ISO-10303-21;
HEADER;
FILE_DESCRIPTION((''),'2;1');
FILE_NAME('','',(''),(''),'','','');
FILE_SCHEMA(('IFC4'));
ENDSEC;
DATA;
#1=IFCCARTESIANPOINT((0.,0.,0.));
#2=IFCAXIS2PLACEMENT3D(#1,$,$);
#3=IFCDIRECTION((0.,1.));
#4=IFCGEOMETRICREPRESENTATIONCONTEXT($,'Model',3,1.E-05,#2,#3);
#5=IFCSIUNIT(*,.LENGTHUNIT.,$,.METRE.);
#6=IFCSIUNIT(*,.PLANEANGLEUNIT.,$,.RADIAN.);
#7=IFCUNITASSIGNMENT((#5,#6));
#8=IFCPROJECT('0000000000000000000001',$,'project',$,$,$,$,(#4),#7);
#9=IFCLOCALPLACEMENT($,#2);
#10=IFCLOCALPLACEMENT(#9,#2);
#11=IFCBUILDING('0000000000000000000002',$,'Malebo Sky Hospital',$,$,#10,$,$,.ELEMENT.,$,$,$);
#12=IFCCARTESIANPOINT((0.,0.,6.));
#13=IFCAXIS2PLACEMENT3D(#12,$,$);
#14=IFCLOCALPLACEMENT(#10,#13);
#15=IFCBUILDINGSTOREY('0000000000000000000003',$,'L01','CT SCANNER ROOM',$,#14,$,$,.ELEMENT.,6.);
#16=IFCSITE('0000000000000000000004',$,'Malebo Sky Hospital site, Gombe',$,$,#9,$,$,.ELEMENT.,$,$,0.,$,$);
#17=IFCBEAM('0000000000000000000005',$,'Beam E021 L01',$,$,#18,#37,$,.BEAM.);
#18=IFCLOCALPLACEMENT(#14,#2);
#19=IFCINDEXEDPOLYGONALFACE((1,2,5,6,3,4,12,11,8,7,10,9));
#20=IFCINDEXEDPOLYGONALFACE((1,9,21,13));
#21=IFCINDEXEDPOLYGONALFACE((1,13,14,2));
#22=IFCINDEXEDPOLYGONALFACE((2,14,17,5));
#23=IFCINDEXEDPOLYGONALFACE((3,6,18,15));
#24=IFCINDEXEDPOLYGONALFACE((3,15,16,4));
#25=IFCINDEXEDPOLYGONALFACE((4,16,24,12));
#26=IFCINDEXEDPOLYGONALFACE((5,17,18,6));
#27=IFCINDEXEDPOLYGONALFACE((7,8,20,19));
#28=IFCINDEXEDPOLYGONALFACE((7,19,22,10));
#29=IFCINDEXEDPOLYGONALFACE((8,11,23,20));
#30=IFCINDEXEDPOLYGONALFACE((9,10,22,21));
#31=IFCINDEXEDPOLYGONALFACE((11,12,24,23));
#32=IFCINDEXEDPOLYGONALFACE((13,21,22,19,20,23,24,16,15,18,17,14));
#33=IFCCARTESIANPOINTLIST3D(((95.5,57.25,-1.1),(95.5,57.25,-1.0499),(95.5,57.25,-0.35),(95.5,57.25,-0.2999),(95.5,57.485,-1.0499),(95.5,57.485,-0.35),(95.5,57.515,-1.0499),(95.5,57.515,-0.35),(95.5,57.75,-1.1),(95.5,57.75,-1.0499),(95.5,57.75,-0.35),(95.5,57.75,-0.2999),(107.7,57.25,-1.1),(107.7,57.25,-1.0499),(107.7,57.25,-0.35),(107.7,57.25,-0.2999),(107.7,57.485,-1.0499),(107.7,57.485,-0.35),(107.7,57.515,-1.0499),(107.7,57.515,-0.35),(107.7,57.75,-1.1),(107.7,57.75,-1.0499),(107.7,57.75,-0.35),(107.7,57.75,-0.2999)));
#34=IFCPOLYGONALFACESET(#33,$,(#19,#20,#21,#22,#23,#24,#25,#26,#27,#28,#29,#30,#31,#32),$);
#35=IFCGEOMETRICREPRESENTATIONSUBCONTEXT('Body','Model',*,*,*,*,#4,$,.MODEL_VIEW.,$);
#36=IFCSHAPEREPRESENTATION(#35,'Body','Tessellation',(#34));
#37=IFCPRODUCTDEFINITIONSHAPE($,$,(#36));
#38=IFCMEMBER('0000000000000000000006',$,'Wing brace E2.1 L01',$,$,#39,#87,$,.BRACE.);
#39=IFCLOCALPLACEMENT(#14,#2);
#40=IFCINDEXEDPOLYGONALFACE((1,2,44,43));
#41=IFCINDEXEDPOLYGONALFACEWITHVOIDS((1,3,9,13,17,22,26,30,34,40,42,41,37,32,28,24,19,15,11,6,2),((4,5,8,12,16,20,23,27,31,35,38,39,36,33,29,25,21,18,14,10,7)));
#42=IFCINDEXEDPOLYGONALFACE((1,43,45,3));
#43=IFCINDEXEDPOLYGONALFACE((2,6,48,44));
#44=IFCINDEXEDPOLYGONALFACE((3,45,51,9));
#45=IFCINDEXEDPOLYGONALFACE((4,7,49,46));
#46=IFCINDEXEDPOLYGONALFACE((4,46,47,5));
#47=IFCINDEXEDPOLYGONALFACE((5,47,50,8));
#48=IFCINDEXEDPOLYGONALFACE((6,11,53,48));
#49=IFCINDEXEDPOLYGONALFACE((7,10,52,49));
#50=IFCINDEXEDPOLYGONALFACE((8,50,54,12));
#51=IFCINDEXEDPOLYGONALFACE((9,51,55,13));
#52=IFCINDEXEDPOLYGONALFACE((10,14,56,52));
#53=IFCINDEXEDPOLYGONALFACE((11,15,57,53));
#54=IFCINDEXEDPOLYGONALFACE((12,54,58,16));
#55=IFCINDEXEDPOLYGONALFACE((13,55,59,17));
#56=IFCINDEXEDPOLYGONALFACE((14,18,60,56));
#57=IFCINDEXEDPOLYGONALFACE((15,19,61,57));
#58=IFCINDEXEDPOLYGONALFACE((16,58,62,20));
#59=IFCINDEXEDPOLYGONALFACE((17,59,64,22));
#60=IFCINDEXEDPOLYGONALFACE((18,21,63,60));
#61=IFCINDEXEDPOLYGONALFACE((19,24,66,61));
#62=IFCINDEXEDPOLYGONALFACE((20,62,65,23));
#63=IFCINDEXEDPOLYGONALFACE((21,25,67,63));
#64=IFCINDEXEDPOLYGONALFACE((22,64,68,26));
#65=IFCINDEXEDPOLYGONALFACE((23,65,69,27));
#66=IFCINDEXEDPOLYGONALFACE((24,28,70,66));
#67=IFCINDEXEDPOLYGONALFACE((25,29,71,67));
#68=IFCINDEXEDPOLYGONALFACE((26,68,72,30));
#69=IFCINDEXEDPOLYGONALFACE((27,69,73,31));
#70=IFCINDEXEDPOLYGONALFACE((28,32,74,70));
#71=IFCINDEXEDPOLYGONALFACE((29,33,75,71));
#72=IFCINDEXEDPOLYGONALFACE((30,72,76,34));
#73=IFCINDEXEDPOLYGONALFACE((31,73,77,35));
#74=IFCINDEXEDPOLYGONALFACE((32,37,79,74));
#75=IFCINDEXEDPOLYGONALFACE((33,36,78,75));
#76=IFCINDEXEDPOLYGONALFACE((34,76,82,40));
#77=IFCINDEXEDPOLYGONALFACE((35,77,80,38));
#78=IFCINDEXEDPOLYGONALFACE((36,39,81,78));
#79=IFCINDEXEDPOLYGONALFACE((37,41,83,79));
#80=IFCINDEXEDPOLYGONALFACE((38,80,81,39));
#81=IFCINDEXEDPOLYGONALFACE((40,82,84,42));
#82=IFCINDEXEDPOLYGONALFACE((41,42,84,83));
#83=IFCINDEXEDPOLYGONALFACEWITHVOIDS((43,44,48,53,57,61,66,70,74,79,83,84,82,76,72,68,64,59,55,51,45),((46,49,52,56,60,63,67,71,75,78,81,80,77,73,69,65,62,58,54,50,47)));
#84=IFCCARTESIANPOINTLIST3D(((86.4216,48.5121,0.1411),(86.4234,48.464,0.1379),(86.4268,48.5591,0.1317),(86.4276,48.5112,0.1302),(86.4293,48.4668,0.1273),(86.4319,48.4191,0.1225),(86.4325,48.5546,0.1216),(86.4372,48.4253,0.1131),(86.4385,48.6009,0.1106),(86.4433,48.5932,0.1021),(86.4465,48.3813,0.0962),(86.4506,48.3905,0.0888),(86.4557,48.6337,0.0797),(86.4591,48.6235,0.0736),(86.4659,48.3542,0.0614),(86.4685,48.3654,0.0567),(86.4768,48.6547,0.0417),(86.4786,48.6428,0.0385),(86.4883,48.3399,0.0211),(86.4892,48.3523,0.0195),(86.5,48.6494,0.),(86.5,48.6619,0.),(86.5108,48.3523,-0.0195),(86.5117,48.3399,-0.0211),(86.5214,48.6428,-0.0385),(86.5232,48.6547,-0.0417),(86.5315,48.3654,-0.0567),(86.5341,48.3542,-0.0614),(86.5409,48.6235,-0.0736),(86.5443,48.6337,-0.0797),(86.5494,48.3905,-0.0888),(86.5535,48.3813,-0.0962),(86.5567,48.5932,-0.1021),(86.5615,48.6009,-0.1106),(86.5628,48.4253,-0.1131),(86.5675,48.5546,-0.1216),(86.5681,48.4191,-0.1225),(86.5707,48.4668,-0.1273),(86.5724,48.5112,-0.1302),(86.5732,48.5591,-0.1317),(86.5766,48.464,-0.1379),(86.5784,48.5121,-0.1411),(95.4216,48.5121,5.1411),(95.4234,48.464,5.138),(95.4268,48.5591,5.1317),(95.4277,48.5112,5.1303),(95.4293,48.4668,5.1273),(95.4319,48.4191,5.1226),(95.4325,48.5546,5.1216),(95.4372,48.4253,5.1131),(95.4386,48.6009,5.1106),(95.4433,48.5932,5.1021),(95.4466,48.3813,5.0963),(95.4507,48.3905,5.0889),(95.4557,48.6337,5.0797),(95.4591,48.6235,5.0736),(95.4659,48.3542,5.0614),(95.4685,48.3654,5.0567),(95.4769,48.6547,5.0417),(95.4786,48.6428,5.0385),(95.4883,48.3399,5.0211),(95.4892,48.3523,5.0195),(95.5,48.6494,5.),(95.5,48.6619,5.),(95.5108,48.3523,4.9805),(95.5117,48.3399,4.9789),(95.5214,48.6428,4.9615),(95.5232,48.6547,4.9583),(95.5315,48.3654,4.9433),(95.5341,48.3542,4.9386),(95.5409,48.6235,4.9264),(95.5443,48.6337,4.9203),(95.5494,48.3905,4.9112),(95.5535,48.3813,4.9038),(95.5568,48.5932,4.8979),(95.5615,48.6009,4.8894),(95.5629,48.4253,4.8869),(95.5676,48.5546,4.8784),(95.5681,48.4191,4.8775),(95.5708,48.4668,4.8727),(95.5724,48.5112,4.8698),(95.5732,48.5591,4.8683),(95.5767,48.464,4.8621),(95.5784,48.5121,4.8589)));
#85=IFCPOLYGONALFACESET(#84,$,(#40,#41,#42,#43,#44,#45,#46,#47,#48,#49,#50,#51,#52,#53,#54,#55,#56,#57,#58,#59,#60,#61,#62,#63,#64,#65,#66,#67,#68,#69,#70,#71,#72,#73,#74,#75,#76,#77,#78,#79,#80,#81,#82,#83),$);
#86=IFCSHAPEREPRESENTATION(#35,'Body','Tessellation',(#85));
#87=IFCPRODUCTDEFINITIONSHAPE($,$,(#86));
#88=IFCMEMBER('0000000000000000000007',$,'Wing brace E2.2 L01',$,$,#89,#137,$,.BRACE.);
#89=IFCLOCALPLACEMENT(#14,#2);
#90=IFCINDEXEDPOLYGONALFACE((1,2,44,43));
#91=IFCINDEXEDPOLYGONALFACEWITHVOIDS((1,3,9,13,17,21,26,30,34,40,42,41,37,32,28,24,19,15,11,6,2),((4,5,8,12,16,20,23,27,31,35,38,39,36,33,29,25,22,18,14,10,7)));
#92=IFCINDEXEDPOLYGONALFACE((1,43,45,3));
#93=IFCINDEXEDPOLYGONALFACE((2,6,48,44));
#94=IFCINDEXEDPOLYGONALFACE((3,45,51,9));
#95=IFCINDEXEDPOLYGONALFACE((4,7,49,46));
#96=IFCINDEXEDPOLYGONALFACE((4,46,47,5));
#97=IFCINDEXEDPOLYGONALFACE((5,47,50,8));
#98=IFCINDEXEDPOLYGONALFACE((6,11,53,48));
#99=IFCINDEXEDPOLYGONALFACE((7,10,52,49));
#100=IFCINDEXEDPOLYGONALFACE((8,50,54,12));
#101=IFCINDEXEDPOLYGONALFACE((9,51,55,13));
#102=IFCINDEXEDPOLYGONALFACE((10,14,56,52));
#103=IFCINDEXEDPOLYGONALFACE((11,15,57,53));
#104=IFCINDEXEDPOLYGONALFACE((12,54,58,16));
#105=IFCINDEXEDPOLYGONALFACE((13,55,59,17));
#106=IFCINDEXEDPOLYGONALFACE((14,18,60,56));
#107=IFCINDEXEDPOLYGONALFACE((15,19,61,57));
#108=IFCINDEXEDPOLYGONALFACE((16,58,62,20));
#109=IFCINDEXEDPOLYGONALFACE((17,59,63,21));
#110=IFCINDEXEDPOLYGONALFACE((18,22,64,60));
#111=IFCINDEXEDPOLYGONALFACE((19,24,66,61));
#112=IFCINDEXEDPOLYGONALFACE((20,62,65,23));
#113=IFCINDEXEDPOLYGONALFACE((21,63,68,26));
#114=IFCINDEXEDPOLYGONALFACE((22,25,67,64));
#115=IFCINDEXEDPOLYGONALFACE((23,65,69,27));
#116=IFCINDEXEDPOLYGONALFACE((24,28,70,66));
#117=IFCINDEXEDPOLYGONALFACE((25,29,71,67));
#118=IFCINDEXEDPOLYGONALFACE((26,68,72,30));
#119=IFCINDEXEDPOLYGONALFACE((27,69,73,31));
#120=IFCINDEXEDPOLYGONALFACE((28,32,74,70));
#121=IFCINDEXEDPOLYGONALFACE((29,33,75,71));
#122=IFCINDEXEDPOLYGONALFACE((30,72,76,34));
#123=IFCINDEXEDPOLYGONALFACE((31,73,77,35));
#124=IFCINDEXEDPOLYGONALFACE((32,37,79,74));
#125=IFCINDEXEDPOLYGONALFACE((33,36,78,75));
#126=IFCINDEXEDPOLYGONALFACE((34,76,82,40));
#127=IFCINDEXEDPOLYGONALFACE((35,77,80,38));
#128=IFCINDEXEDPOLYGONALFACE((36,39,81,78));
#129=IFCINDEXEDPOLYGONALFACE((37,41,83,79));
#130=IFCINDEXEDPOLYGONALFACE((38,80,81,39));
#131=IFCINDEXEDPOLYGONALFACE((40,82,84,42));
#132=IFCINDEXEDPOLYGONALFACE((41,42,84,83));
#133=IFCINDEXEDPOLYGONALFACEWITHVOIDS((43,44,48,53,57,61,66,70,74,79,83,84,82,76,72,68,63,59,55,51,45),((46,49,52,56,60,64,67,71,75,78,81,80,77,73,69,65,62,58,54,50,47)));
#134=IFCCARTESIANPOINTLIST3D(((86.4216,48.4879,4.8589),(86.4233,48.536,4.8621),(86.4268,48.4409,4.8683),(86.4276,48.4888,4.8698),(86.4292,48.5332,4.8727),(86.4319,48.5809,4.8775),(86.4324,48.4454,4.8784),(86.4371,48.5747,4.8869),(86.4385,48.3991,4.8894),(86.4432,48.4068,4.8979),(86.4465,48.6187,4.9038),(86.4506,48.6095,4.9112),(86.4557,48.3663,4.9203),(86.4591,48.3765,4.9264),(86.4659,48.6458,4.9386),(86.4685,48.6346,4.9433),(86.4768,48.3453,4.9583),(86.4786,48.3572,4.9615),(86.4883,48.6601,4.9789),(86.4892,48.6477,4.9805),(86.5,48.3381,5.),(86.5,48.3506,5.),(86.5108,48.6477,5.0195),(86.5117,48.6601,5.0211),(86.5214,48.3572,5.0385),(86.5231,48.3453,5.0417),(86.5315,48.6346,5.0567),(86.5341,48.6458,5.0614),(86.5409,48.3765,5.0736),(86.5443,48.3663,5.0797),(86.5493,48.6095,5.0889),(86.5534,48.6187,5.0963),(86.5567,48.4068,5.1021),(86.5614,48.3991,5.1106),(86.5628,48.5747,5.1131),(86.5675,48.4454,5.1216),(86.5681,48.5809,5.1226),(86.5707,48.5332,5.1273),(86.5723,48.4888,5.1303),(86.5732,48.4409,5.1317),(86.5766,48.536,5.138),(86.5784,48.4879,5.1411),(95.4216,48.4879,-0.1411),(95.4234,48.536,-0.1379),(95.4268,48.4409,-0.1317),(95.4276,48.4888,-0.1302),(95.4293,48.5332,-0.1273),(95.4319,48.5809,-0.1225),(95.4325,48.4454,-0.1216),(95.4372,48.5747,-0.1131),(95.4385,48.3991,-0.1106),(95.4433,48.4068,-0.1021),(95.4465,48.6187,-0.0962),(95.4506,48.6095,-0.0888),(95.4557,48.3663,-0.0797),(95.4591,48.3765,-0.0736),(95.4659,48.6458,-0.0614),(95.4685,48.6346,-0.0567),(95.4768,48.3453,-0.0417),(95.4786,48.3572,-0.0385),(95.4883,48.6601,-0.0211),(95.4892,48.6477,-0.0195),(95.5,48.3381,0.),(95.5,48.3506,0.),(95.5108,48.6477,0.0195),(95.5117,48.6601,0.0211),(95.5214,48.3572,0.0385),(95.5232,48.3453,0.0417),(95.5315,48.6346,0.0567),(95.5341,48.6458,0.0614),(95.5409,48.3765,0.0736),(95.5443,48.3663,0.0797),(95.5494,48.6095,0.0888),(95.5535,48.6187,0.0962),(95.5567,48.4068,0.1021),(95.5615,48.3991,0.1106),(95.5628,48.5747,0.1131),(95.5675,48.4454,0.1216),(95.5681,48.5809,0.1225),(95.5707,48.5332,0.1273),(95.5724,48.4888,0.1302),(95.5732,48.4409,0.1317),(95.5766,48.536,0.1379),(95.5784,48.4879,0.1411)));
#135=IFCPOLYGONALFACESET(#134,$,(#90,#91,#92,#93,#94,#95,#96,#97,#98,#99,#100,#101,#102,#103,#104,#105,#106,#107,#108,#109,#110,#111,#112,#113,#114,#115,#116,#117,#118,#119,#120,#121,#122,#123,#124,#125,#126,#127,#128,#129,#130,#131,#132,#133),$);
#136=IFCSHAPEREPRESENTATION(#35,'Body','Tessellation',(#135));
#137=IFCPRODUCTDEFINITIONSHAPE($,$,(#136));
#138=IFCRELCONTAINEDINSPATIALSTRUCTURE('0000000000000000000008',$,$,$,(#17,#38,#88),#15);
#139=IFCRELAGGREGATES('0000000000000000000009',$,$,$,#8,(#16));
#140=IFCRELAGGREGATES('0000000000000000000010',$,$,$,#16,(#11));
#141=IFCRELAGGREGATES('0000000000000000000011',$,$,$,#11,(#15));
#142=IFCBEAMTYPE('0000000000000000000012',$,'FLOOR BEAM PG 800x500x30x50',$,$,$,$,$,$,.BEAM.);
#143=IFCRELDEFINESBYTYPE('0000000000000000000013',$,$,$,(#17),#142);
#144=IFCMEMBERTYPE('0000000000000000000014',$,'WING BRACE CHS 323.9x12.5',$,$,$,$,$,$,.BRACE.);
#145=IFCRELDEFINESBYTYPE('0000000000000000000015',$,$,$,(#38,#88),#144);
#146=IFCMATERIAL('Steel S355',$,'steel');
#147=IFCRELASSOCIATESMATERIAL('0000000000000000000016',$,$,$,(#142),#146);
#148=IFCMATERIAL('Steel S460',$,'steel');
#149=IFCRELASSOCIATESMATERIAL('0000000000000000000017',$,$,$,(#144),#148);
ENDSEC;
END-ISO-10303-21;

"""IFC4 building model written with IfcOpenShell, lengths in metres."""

from ifc_helpers import new_model, si_unit, direction, frame, origin, origin_2d, place, context, subcontext, project, spatial, hollow_circle, i_section, extrude, material, material_profile, profile_set, type_object, element, save


model = new_model("IFC4")

# Units and contexts
model_context = context("Model", 3, precision=1e-05, world=origin(), true_north=direction((0.0, 1.0)))
body_context = subcontext(model_context, "Body", "Model", "MODEL_VIEW")
ifc_project = project(units=[si_unit("LENGTHUNIT", "METRE"), si_unit("PLANEANGLEUNIT", "RADIAN")], contexts=[model_context])

# Site, building, storey
site_placement = place(None, origin())
site = spatial("IfcSite", under=ifc_project, at=site_placement, Name="Malebo Sky Hospital site, Gombe", CompositionType="ELEMENT", RefElevation=0.0)
building_placement = place(site_placement, origin())
building = spatial("IfcBuilding", under=site, at=building_placement, Name="Malebo Sky Hospital", CompositionType="ELEMENT")
storey_placement = place(building_placement, frame((0.0, 0.0, 6.0)))
storey = spatial("IfcBuildingStorey", under=building, at=storey_placement, Name="L01", Description="CT SCANNER ROOM", CompositionType="ELEMENT", Elevation=6.0)

# Shared definitions
ifc_material_1 = material(Name="Steel S355", Category="steel")

# Beam
ifc_material_profile_1 = material_profile(ifc_material_1, i_section(OverallWidth=0.5, OverallDepth=0.8, WebThickness=0.03, FlangeThickness=0.05, at=origin_2d()), Name="PG 800x500x30x50")
ifc_profile_set_1 = profile_set([ifc_material_profile_1], Name="Steel S355")
beam_type = type_object("IfcBeamType", Name="FLOOR BEAM PG 800x500x30x50", PredefinedType="BEAM", material=ifc_profile_set_1)
beam_1_placement = place(storey_placement, frame((95.5, 57.5, -0.7), z_axis=(1.0, 0.0, 0.0), x_axis=(0.0, 1.0, 0.0)))
element("IfcBeam", 1, at=beam_1_placement, inside=storey, type_object=beam_type, Name="Beam E021 L01", PredefinedType="BEAM", context=body_context, shape_type="SweptSolid", body=[
    extrude(i_section(OverallWidth=0.5, OverallDepth=0.8, WebThickness=0.03, FlangeThickness=0.05, at=origin_2d()), origin(), (0.0, 0.0, 1.0), 12.2),
])

# Members
ifc_material_2 = material(Name="Steel S460", Category="steel")
ifc_material_profile_2 = material_profile(ifc_material_2, hollow_circle(Radius=0.1619, WallThickness=0.0125, at=origin_2d()), Name="CHS 323.9x12.5")
ifc_profile_set_2 = profile_set([ifc_material_profile_2], Name="Steel S460")
member_type = type_object("IfcMemberType", Name="WING BRACE CHS 323.9x12.5", PredefinedType="BRACE", material=ifc_profile_set_2)
for number, where, z_axis, x_axis, name in (
    (2, (86.5, 48.5, 0.0), (0.874157, 0.0, 0.485643), (0.0, 1.0, 0.0), "Wing brace E2.1 L01"),
    (3, (95.5, 48.5, 0.0), (-0.874157, 0.0, 0.485643), (0.0, -1.0, 0.0), "Wing brace E2.2 L01"),
):
    element("IfcMember", number, at=place(storey_placement, frame(where, z_axis=z_axis, x_axis=x_axis)), inside=storey, type_object=member_type, Name=name, PredefinedType="BRACE", context=body_context, shape_type="SweptSolid", body=[
        extrude(hollow_circle(Radius=0.1619, WallThickness=0.0125, at=origin_2d()), origin(), (0.0, 0.0, 1.0), 10.2957),
    ])

save(model, "model.ifc")
